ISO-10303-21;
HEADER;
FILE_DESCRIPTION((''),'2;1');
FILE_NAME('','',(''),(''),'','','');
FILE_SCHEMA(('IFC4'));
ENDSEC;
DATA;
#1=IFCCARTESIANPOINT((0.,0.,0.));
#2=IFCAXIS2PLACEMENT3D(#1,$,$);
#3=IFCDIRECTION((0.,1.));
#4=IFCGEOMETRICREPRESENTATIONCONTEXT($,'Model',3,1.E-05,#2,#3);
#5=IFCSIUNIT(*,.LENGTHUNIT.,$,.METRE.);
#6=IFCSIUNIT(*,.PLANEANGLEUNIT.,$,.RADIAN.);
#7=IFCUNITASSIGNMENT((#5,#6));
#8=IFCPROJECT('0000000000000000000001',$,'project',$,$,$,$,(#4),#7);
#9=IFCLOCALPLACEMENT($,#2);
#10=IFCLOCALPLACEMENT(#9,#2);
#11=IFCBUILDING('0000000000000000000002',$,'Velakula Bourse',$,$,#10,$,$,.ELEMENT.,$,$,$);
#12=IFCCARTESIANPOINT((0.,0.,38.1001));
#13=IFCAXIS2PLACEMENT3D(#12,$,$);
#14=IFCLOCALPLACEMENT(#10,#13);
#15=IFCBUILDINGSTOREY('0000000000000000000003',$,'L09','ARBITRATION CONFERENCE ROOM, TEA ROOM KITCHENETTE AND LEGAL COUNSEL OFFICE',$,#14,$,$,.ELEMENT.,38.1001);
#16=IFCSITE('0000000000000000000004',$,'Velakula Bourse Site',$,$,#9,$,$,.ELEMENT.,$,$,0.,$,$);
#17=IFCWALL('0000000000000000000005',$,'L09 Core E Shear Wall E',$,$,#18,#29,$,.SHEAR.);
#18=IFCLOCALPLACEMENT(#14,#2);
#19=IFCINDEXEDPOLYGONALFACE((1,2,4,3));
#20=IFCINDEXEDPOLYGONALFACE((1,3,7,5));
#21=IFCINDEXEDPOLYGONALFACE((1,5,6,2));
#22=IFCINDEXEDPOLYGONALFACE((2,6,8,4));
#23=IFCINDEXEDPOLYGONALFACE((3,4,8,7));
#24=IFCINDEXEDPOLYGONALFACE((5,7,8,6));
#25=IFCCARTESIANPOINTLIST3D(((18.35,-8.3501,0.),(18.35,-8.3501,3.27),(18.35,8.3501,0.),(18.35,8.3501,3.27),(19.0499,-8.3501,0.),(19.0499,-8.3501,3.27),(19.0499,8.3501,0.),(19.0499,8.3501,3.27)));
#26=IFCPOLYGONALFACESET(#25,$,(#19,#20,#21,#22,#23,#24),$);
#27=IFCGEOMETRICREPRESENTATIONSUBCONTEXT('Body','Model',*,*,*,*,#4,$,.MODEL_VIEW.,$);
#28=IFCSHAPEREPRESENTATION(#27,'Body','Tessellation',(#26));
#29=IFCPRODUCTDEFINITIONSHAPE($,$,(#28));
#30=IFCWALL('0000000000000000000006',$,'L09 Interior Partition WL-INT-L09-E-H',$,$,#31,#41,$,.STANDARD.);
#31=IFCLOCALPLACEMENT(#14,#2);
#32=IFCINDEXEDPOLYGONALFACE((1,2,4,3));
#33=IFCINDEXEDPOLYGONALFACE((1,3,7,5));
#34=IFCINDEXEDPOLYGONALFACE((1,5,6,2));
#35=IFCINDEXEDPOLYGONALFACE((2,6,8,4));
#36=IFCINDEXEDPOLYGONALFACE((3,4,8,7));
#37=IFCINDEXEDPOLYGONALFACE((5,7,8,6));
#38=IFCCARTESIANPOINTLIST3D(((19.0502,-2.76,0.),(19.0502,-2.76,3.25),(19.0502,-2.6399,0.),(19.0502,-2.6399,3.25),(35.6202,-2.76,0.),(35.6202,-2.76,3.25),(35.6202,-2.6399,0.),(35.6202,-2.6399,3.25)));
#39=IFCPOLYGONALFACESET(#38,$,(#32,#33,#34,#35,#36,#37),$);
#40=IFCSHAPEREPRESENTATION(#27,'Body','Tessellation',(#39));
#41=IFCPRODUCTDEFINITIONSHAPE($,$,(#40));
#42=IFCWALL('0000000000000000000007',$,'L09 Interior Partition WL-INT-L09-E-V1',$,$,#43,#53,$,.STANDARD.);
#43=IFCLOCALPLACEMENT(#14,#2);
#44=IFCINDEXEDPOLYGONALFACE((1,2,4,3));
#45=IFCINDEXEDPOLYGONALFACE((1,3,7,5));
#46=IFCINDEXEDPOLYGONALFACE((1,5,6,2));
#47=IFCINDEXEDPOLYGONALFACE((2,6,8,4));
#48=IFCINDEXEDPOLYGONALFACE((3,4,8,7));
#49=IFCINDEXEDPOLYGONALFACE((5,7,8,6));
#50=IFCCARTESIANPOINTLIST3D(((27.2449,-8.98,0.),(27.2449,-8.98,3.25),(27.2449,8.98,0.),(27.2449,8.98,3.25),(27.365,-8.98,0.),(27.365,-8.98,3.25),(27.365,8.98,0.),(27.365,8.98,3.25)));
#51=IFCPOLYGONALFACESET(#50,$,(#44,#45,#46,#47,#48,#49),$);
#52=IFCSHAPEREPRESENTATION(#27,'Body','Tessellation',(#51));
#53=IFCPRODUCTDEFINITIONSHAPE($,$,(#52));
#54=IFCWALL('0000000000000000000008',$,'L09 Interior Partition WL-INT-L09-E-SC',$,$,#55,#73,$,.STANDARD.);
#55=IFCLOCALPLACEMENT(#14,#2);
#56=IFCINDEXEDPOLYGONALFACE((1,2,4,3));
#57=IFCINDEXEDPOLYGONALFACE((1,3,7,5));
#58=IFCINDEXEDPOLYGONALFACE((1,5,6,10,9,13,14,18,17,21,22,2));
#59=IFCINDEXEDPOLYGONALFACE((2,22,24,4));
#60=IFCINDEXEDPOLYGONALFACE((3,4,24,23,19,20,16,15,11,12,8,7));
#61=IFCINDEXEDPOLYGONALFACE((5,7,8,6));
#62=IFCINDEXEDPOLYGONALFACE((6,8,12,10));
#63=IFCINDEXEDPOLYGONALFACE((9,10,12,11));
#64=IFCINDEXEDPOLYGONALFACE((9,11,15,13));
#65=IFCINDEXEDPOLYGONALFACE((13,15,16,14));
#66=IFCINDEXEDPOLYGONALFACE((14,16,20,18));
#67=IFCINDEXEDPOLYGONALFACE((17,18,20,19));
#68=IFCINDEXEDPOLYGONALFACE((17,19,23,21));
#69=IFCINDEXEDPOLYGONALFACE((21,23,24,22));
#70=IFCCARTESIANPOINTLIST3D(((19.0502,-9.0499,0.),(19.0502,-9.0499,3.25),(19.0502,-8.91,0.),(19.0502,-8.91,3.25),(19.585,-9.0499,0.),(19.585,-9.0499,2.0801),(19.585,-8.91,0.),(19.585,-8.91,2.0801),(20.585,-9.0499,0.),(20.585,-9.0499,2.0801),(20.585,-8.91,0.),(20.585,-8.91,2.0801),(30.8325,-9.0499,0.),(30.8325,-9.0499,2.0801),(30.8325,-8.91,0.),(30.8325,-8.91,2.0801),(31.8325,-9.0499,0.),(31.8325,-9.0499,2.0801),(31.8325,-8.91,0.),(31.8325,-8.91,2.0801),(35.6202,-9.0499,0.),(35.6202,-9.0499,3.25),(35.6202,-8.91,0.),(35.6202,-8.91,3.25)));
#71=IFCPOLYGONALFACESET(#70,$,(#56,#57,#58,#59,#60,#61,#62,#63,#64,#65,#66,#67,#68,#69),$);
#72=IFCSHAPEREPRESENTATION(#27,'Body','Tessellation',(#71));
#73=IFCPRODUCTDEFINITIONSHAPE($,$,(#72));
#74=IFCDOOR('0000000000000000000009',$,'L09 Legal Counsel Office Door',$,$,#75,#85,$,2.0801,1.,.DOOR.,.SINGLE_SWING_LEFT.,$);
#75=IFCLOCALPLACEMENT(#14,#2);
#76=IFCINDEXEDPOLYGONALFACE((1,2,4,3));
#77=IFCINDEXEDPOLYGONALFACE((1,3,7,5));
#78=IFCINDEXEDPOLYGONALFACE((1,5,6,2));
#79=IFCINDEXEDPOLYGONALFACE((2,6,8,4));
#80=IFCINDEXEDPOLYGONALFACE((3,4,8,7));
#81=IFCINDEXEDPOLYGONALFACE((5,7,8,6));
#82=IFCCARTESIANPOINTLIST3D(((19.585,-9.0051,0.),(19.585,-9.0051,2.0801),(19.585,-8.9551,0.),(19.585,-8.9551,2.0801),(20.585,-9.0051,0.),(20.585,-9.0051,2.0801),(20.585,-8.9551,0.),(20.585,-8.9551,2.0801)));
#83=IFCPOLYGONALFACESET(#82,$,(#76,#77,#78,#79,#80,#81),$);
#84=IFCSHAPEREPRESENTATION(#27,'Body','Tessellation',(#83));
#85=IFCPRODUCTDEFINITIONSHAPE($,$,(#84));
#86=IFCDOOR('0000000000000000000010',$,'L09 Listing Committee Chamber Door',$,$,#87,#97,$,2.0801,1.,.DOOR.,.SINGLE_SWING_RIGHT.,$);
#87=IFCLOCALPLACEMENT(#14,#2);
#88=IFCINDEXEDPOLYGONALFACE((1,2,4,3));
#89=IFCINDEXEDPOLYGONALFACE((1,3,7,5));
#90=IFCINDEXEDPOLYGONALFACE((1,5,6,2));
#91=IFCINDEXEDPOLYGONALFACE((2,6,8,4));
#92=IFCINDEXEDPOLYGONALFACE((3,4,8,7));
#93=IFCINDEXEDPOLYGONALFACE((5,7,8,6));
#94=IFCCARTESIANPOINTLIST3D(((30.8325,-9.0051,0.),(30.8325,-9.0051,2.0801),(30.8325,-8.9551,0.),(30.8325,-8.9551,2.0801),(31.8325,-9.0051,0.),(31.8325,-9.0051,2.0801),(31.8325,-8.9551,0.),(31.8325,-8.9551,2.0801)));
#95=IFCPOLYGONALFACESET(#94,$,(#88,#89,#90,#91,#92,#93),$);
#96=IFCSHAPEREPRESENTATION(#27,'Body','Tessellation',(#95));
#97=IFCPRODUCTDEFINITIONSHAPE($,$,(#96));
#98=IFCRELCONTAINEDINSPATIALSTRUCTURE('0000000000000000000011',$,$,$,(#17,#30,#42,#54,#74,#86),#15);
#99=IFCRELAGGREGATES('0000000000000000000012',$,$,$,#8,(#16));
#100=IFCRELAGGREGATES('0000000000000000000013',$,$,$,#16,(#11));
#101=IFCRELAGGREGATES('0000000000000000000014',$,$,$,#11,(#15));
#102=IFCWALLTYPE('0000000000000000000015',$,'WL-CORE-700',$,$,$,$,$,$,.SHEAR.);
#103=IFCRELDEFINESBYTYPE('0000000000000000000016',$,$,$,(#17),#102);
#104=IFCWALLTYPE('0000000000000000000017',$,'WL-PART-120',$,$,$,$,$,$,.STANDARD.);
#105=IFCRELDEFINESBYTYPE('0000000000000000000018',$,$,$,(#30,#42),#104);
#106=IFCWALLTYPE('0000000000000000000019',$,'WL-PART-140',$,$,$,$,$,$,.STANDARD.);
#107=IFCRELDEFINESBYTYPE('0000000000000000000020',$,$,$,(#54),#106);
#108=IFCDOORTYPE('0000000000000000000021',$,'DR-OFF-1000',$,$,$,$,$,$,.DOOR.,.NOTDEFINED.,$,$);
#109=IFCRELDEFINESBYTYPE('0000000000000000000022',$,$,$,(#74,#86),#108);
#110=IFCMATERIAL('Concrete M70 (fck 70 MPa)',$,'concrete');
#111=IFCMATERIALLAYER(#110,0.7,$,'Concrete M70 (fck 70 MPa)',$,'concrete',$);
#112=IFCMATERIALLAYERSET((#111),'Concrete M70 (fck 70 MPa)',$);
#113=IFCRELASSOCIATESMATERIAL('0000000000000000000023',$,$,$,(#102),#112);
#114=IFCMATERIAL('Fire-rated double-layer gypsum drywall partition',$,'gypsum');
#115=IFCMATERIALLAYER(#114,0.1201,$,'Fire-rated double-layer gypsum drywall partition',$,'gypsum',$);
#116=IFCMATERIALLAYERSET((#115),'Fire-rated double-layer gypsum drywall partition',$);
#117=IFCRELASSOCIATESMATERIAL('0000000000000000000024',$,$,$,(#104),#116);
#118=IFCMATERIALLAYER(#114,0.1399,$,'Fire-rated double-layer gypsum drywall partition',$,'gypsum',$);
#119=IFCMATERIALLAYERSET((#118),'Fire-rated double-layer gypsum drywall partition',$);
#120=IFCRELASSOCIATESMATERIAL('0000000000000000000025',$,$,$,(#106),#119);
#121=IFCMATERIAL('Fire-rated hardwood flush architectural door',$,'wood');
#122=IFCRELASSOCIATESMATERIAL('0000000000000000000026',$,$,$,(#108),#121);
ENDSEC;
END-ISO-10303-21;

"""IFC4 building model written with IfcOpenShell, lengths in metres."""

from ifc_helpers import new_model, si_unit, direction, frame, frame_2d, origin, place, context, subcontext, project, spatial, rectangle, extrude, material, layer, layer_set, type_object, element, fill, save


model = new_model("IFC4")

# Units and contexts
model_context = context("Model", 3, precision=1e-05, world=origin(), true_north=direction((0.0, 1.0)))
body_context = subcontext(model_context, "Body", "Model", "MODEL_VIEW")
ifc_project = project(units=[si_unit("LENGTHUNIT", "METRE"), si_unit("PLANEANGLEUNIT", "RADIAN")], contexts=[model_context])

# Site, building, storey
site_placement = place(None, origin())
site = spatial("IfcSite", under=ifc_project, at=site_placement, Name="Velakula Bourse Site", CompositionType="ELEMENT", RefElevation=0.0)
building_placement = place(site_placement, origin())
building = spatial("IfcBuilding", under=site, at=building_placement, Name="Velakula Bourse", CompositionType="ELEMENT")
storey_placement = place(building_placement, frame((0.0, 0.0, 38.1001)))
storey = spatial("IfcBuildingStorey", under=building, at=storey_placement, Name="L09", Description="ARBITRATION CONFERENCE ROOM, TEA ROOM KITCHENETTE AND LEGAL COUNSEL OFFICE", CompositionType="ELEMENT", Elevation=38.1001)

# Shared definitions
ifc_material_1 = material(Name="Concrete M70 (fck 70 MPa)", Category="concrete")

# Walls
ifc_layer_1 = layer(ifc_material_1, 0.7, Name="Concrete M70 (fck 70 MPa)", Category="concrete")
ifc_layer_set_1 = layer_set([ifc_layer_1], Name="Concrete M70 (fck 70 MPa)")
wall_type_1 = type_object("IfcWallType", Name="WL-CORE-700", PredefinedType="SHEAR", material=ifc_layer_set_1)
wall_1_placement = place(storey_placement, frame((18.7, -8.3501, 0.0), z_axis=(0.0, 0.0, 1.0), x_axis=(0.0, 1.0, 0.0)))
element("IfcWall", 1, at=wall_1_placement, inside=storey, type_object=wall_type_1, Name="L09 Core E Shear Wall E", PredefinedType="SHEAR", context=body_context, shape_type="SweptSolid", body=[
    extrude(rectangle(XDim=16.7002, YDim=0.7, at=frame_2d((8.3501, 0.0))), origin(), (0.0, 0.0, 1.0), 3.27),
])
ifc_material_2 = material(Name="Fire-rated double-layer gypsum drywall partition", Category="gypsum")
ifc_layer_2 = layer(ifc_material_2, 0.1201, Name="Fire-rated double-layer gypsum drywall partition", Category="gypsum")
ifc_layer_set_2 = layer_set([ifc_layer_2], Name="Fire-rated double-layer gypsum drywall partition")
wall_type_2 = type_object("IfcWallType", Name="WL-PART-120", PredefinedType="STANDARD", material=ifc_layer_set_2)
wall_2_placement = place(storey_placement, frame((19.05, -2.7, 0.0), z_axis=(0.0, 0.0, 1.0), x_axis=(1.0, 0.0, 0.0)))
element("IfcWall", 2, at=wall_2_placement, inside=storey, type_object=wall_type_2, Name="L09 Interior Partition WL-INT-L09-E-H", PredefinedType="STANDARD", context=body_context, shape_type="SweptSolid", body=[
    extrude(rectangle(XDim=16.5701, YDim=0.1201, at=frame_2d((8.2852, 0.0))), origin(), (0.0, 0.0, 1.0), 3.25),
])
wall_3_placement = place(storey_placement, frame((27.3049, -8.98, 0.0), z_axis=(0.0, 0.0, 1.0), x_axis=(0.0, 1.0, 0.0)))
element("IfcWall", 3, at=wall_3_placement, inside=storey, type_object=wall_type_2, Name="L09 Interior Partition WL-INT-L09-E-V1", PredefinedType="STANDARD", context=body_context, shape_type="SweptSolid", body=[
    extrude(rectangle(XDim=17.96, YDim=0.1201, at=frame_2d((8.98, 0.0))), origin(), (0.0, 0.0, 1.0), 3.25),
])

# Wall, openings, doors
ifc_layer_3 = layer(ifc_material_2, 0.1399, Name="Fire-rated double-layer gypsum drywall partition", Category="gypsum")
ifc_layer_set_3 = layer_set([ifc_layer_3], Name="Fire-rated double-layer gypsum drywall partition")
wall_type_3 = type_object("IfcWallType", Name="WL-PART-140", PredefinedType="STANDARD", material=ifc_layer_set_3)
wall_4_placement = place(storey_placement, frame((19.05, -8.98, 0.0), z_axis=(0.0, 0.0, 1.0), x_axis=(1.0, 0.0, 0.0)))
wall_4 = element("IfcWall", 4, at=wall_4_placement, inside=storey, type_object=wall_type_3, Name="L09 Interior Partition WL-INT-L09-E-SC", PredefinedType="STANDARD", context=body_context, shape_type="SweptSolid", body=[
    extrude(rectangle(XDim=16.5701, YDim=0.1399, at=frame_2d((8.2852, 0.0))), origin(), (0.0, 0.0, 1.0), 3.25),
])
opening_1_placement = place(wall_4_placement, frame((0.5349, 0.0, 0.0)))
opening_1 = element("IfcOpeningElement", 5, at=opening_1_placement, cuts=wall_4, PredefinedType="OPENING", context=body_context, shape_type="SweptSolid", body=[
    extrude(rectangle(XDim=1.0, YDim=2.0801, at=frame_2d((0.5, 1.04))), frame((0.0, 0.0798, 0.0), z_axis=(0.0, -1.0, 0.0), x_axis=(1.0, 0.0, 0.0)), (0.0, 0.0, 1.0), 0.1599),
])
opening_2_placement = place(wall_4_placement, frame((11.7825, 0.0, 0.0)))
opening_2 = element("IfcOpeningElement", 6, at=opening_2_placement, cuts=wall_4, PredefinedType="OPENING", context=body_context, shape_type="SweptSolid", body=[
    extrude(rectangle(XDim=1.0, YDim=2.0801, at=frame_2d((0.5, 1.04))), frame((0.0, 0.0798, 0.0), z_axis=(0.0, -1.0, 0.0), x_axis=(1.0, 0.0, 0.0)), (0.0, 0.0, 1.0), 0.1599),
])
ifc_material_3 = material(Name="Fire-rated hardwood flush architectural door", Category="wood")
door_type = type_object("IfcDoorType", Name="DR-OFF-1000", OperationType="NOTDEFINED", PredefinedType="DOOR", material=ifc_material_3)
door_1_placement = place(opening_1_placement, origin())
door_1 = element("IfcDoor", 7, at=door_1_placement, inside=storey, type_object=door_type, Name="L09 Legal Counsel Office Door", OperationType="SINGLE_SWING_LEFT", OverallHeight=2.0801, OverallWidth=1.0, PredefinedType="DOOR", context=body_context, shape_type="SweptSolid", body=[
    extrude(rectangle(XDim=1.0, YDim=2.0801, at=frame_2d((0.5, 1.04))), frame((0.0, 0.0249, 0.0), z_axis=(0.0, -1.0, 0.0), x_axis=(1.0, 0.0, 0.0)), (0.0, 0.0, 1.0), 0.05),
])
fill(opening_1, door_1)
door_2_placement = place(opening_2_placement, origin())
door_2 = element("IfcDoor", 8, at=door_2_placement, inside=storey, type_object=door_type, Name="L09 Listing Committee Chamber Door", OperationType="SINGLE_SWING_RIGHT", OverallHeight=2.0801, OverallWidth=1.0, PredefinedType="DOOR", context=body_context, shape_type="SweptSolid", body=[
    extrude(rectangle(XDim=1.0, YDim=2.0801, at=frame_2d((0.5, 1.04))), frame((0.0, 0.0249, 0.0), z_axis=(0.0, -1.0, 0.0), x_axis=(1.0, 0.0, 0.0)), (0.0, 0.0, 1.0), 0.05),
])
fill(opening_2, door_2)

save(model, "model.ifc")
